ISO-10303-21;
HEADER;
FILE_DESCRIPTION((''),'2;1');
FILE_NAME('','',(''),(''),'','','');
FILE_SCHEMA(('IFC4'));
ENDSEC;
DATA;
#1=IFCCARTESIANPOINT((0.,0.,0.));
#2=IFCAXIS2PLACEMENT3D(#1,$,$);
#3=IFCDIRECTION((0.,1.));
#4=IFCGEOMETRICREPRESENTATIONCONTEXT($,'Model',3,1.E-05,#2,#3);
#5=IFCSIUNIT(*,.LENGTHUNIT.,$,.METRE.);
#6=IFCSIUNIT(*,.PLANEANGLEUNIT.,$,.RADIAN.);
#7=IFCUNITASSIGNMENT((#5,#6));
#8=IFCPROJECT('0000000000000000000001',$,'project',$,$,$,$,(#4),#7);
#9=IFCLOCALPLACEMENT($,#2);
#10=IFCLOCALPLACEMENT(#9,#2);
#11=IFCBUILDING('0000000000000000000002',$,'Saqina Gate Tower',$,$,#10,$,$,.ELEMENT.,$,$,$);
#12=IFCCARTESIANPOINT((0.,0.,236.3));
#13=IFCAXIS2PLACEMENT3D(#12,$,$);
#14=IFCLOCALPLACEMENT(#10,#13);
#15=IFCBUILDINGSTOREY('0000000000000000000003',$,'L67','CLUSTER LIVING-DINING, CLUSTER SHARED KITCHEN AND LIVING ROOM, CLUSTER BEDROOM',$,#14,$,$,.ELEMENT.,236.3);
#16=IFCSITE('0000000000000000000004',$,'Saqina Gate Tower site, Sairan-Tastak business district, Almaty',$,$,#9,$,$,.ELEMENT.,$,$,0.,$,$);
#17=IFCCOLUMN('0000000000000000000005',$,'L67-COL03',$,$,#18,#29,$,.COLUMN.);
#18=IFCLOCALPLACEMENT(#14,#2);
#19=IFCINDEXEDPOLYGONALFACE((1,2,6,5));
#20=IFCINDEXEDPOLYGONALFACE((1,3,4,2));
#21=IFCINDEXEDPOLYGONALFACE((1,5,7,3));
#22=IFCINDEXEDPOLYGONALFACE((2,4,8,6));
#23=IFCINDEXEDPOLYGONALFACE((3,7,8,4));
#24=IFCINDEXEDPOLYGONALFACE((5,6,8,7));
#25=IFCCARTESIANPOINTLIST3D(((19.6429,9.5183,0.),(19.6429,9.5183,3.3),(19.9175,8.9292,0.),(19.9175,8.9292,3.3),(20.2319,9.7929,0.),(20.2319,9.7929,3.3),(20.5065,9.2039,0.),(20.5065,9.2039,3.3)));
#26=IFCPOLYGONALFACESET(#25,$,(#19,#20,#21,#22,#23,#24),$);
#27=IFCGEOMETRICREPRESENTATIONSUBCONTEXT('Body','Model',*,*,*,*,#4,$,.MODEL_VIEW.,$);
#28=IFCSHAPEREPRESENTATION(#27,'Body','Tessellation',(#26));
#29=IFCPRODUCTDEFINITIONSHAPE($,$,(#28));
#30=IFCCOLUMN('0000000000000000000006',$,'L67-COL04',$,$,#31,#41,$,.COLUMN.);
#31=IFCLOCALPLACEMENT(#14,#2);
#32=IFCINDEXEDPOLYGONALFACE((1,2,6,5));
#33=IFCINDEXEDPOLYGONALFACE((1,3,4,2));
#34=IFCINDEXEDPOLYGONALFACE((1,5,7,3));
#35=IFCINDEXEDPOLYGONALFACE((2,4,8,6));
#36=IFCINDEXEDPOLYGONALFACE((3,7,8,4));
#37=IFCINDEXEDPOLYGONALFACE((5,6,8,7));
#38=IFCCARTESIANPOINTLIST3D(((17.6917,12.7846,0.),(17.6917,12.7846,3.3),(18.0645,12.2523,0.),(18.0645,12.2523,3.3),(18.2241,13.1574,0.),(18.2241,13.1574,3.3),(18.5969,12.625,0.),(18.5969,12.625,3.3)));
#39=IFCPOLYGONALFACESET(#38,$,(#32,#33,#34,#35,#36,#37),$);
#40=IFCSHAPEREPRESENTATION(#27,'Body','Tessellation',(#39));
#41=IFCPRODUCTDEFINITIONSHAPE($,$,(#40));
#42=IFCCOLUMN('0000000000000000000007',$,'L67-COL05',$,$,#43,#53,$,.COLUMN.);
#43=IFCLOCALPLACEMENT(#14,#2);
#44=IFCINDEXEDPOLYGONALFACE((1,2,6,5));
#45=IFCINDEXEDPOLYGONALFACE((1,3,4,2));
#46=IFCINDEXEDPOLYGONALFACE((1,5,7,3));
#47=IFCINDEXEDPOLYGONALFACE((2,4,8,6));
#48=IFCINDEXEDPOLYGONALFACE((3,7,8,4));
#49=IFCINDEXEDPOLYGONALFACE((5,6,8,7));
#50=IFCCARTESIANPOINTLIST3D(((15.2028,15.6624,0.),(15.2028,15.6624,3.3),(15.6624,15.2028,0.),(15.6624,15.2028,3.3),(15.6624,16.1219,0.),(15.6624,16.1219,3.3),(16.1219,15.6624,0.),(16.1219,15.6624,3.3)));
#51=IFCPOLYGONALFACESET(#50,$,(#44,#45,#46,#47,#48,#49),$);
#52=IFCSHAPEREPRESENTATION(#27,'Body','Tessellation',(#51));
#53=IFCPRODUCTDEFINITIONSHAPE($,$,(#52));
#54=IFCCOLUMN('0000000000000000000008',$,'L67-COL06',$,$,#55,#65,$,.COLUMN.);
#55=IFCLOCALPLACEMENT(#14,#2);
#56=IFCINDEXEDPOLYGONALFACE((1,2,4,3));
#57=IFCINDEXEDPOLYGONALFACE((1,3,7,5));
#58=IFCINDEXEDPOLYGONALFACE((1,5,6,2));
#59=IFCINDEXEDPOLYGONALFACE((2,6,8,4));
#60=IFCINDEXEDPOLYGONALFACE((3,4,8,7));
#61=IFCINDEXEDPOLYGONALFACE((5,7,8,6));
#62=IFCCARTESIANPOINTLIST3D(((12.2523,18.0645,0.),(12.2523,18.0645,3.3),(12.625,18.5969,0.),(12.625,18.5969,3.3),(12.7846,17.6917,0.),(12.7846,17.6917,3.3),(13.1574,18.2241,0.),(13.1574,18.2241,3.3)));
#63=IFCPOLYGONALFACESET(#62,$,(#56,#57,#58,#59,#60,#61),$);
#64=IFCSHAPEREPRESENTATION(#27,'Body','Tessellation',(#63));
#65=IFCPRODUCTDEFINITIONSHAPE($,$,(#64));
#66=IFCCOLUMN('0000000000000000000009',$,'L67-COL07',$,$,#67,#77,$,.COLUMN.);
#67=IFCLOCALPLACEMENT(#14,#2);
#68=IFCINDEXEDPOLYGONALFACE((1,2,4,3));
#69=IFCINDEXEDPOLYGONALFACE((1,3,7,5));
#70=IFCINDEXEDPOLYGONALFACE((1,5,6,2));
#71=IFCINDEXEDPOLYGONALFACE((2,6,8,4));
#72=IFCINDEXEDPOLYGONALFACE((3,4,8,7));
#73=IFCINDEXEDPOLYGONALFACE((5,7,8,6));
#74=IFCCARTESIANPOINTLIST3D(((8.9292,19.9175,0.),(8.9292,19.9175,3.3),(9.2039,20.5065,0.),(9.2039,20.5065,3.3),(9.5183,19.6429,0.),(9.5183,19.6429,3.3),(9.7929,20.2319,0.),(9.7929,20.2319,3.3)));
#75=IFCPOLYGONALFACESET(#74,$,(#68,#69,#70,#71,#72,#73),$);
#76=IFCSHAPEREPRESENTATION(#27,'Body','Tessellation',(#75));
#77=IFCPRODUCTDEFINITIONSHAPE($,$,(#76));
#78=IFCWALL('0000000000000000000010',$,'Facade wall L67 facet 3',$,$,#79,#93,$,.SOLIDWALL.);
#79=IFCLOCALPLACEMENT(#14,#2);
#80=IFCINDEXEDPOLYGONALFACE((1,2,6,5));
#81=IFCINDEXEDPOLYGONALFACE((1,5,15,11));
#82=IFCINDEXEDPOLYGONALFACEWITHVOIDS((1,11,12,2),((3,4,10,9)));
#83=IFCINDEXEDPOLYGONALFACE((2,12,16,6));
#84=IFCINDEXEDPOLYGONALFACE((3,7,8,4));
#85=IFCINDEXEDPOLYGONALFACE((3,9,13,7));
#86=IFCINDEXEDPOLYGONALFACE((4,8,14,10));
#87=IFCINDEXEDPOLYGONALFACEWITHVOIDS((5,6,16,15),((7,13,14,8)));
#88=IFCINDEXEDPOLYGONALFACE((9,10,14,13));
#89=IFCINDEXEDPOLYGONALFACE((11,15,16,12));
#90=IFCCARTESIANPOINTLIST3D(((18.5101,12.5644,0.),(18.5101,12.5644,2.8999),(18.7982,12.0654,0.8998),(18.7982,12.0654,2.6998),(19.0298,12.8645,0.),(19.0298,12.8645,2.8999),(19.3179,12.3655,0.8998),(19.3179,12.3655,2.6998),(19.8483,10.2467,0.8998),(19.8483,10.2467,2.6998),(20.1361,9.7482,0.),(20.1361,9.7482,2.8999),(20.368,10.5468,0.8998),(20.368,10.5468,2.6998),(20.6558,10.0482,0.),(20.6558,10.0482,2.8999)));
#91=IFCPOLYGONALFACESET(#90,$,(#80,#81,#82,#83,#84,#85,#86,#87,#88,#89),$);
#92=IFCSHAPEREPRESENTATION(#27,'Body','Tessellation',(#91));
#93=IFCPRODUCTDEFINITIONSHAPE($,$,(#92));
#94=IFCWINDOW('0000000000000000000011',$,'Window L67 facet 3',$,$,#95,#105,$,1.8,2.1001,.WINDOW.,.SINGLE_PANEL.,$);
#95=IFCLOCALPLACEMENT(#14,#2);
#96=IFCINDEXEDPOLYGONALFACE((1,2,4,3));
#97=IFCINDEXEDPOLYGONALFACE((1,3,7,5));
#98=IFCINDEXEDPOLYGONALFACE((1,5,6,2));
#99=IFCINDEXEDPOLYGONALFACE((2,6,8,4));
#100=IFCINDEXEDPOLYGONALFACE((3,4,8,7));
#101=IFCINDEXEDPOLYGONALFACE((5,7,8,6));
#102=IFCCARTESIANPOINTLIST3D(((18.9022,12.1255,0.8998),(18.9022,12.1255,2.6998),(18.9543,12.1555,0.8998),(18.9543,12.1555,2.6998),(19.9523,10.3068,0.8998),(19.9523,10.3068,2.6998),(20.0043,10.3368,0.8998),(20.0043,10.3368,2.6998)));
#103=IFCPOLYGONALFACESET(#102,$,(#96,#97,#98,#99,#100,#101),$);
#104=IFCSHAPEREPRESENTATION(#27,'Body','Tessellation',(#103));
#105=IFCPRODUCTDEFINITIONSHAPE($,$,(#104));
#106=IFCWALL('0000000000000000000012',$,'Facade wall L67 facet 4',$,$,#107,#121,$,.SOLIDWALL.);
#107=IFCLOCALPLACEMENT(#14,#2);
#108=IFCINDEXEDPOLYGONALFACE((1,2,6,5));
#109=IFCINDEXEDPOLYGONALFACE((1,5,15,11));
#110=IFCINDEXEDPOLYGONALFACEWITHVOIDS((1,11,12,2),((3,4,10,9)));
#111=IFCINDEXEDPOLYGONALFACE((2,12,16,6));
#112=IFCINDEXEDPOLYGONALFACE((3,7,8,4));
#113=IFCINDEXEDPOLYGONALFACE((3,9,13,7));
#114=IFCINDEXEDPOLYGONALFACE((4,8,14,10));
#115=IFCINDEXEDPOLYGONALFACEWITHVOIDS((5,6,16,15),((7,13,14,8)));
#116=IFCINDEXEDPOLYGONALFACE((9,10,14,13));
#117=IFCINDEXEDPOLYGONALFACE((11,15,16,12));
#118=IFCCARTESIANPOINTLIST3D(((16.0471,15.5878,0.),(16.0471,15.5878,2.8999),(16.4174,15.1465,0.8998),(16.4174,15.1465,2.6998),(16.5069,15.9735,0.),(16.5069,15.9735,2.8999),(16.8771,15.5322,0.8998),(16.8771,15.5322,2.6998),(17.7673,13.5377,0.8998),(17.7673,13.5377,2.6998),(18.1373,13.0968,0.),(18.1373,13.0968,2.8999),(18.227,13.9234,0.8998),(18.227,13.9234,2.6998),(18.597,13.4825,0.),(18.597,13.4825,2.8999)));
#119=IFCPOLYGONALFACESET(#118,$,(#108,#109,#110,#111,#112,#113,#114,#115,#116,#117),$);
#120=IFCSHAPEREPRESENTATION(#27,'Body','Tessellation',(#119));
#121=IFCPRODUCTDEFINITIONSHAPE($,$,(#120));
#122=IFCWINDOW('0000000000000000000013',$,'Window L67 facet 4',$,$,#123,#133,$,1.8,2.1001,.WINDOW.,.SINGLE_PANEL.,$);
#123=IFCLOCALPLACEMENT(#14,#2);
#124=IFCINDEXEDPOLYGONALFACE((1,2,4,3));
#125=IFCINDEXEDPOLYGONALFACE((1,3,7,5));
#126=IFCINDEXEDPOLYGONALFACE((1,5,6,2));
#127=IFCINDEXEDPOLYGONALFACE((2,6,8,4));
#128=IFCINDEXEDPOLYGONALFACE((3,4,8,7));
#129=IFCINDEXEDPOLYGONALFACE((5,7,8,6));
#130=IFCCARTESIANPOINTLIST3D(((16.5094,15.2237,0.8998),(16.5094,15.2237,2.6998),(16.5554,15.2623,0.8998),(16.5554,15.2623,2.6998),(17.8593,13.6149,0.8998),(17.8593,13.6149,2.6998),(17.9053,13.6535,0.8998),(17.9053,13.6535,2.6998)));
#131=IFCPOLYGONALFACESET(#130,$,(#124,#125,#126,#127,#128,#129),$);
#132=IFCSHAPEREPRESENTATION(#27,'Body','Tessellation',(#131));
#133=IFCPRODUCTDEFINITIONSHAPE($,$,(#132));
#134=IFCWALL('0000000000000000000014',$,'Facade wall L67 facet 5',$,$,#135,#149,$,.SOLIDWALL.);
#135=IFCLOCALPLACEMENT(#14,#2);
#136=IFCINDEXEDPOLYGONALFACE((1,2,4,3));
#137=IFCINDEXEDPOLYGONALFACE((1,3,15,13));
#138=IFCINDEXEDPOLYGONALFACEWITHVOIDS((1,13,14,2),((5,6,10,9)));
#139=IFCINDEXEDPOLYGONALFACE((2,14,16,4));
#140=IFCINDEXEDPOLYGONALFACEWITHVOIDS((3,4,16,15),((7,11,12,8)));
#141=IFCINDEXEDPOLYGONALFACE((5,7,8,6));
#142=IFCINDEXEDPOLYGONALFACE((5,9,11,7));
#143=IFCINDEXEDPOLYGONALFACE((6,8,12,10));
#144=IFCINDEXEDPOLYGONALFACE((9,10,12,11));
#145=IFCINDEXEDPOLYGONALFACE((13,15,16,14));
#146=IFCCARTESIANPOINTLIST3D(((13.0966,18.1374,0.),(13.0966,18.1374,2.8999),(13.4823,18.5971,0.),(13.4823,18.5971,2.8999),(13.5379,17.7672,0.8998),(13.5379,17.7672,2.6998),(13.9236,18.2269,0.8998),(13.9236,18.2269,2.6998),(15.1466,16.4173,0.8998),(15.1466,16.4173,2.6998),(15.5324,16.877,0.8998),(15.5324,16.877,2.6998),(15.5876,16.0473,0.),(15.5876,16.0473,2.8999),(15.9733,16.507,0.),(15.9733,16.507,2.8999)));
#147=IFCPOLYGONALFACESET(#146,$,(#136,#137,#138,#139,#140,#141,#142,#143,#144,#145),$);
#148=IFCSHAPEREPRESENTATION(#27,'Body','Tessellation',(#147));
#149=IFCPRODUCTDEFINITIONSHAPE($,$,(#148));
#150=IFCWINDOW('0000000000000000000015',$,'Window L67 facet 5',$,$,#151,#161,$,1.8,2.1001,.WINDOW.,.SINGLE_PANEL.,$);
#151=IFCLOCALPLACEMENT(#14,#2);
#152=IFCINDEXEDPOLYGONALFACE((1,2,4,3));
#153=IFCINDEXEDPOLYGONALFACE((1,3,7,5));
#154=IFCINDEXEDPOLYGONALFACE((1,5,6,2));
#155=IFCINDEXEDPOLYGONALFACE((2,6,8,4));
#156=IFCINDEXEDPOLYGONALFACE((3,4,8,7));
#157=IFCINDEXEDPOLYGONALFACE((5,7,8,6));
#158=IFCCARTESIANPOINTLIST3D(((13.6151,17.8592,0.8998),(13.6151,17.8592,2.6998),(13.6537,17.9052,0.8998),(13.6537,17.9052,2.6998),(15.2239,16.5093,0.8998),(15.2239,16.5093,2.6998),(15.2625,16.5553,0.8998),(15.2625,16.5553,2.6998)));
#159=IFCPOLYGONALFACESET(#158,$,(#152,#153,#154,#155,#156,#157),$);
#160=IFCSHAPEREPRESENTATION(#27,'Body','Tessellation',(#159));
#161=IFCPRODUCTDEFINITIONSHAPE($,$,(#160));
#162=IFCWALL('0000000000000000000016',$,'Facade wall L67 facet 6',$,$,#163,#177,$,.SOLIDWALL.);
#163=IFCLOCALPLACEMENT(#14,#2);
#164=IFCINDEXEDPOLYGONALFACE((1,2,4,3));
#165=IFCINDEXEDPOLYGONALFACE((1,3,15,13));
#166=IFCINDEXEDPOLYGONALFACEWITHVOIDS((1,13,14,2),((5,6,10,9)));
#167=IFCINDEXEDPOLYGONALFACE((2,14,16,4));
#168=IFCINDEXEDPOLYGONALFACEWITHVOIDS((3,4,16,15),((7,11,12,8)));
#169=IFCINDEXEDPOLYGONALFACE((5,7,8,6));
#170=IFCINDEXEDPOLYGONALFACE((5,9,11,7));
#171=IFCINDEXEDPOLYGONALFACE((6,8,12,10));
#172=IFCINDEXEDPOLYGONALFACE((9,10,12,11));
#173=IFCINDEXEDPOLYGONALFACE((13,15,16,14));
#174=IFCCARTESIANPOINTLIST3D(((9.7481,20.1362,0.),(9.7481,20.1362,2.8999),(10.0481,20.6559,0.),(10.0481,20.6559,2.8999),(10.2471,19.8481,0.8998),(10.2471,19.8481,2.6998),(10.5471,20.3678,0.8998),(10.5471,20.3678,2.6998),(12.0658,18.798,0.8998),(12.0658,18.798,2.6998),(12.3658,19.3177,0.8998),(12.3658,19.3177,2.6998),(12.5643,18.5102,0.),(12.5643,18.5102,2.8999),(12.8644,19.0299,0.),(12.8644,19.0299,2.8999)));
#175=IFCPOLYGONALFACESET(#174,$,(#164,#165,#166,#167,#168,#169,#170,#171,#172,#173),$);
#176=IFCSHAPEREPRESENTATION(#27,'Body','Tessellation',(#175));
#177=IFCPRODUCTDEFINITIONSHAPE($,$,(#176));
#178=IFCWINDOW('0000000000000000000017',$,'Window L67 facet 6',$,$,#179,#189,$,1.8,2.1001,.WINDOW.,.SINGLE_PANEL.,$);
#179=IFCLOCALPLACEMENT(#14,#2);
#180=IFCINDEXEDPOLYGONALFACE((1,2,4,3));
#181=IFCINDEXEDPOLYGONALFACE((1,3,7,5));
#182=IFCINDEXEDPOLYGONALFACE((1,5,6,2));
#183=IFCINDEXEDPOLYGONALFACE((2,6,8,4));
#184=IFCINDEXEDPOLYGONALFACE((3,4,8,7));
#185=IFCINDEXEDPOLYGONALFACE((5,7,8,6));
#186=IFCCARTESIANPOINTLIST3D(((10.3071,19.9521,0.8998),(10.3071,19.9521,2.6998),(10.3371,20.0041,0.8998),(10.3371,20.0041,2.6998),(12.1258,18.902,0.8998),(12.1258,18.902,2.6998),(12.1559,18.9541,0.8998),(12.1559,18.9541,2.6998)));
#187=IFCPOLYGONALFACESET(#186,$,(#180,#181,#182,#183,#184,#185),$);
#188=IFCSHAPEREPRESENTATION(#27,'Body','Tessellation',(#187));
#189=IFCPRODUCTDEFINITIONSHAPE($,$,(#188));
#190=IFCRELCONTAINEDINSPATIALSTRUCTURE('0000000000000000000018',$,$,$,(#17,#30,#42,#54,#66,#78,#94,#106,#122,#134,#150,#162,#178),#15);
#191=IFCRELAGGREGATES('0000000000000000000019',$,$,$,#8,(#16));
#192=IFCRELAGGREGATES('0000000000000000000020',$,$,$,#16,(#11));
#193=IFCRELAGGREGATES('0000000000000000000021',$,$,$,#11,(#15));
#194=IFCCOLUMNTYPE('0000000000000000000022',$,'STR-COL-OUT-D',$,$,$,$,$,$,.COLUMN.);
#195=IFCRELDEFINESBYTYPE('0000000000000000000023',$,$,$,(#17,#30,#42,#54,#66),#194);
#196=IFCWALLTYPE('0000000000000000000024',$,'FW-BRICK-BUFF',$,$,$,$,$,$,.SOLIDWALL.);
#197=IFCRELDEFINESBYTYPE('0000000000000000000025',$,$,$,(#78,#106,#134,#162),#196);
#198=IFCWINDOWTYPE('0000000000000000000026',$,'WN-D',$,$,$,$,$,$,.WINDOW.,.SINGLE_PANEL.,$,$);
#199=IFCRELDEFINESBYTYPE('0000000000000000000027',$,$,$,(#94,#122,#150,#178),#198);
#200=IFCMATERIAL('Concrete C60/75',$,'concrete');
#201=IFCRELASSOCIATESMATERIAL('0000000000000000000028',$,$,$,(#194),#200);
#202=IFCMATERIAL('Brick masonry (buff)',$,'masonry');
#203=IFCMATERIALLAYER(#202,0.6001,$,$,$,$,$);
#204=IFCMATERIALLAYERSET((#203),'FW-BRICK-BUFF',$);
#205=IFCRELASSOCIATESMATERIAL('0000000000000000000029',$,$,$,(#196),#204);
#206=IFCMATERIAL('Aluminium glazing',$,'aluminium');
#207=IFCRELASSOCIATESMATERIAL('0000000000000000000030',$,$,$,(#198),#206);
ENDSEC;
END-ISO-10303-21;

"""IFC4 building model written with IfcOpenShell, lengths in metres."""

from ifc_helpers import new_model, si_unit, direction, frame, frame_2d, origin, origin_2d, place, context, subcontext, project, spatial, rectangle, extrude, material, layer, layer_set, material_profile, profile_set, type_object, element, fill, save


model = new_model("IFC4")

# Units and contexts
model_context = context("Model", 3, precision=1e-05, world=origin(), true_north=direction((0.0, 1.0)))
body_context = subcontext(model_context, "Body", "Model", "MODEL_VIEW")
ifc_project = project(units=[si_unit("LENGTHUNIT", "METRE"), si_unit("PLANEANGLEUNIT", "RADIAN")], contexts=[model_context])

# Site, building, storey
site_placement = place(None, origin())
site = spatial("IfcSite", under=ifc_project, at=site_placement, Name="Saqina Gate Tower site, Sairan-Tastak business district, Almaty", CompositionType="ELEMENT", RefElevation=0.0)
building_placement = place(site_placement, origin())
building = spatial("IfcBuilding", under=site, at=building_placement, Name="Saqina Gate Tower", CompositionType="ELEMENT")
storey_placement = place(building_placement, frame((0.0, 0.0, 236.3)))
storey = spatial("IfcBuildingStorey", under=building, at=storey_placement, Name="L67", Description="CLUSTER LIVING-DINING, CLUSTER SHARED KITCHEN AND LIVING ROOM, CLUSTER BEDROOM", CompositionType="ELEMENT", Elevation=236.3)

# Columns
ifc_material_1 = material(Name="Concrete C60/75", Category="concrete")
ifc_material_profile = material_profile(ifc_material_1, rectangle(XDim=0.6499, YDim=0.6499, at=origin_2d()), Name="RC 650x650")
ifc_profile_set = profile_set([ifc_material_profile], Name="Concrete C60/75")
column_type = type_object("IfcColumnType", Name="STR-COL-OUT-D", PredefinedType="COLUMN", material=ifc_profile_set)
for number, where, z_axis, x_axis, name in (
    (1, (20.0747, 9.3611, 0.0), (0.0, 0.0, 1.0), (0.906308, 0.422618, 0.0), "L67-COL03"),
    (2, (18.1443, 12.7048, 0.0), (0.0, 0.0, 1.0), (0.819152, 0.573576, 0.0), "L67-COL04"),
    (3, (15.6624, 15.6624, 0.0), (0.0, 0.0, 1.0), (0.707107, 0.707107, 0.0), "L67-COL05"),
    (4, (12.7048, 18.1443, 0.0), (0.0, 0.0, 1.0), (0.573576, 0.819152, 0.0), "L67-COL06"),
    (5, (9.3611, 20.0747, 0.0), (0.0, 0.0, 1.0), (0.422618, 0.906308, 0.0), "L67-COL07"),
):
    element("IfcColumn", number, at=place(storey_placement, frame(where, z_axis=z_axis, x_axis=x_axis)), inside=storey, type_object=column_type, Name=name, PredefinedType="COLUMN", context=body_context, shape_type="SweptSolid", body=[
        extrude(rectangle(XDim=0.6499, YDim=0.6499, at=origin_2d()), origin(), (0.0, 0.0, 1.0), 3.3),
    ])

# Walls, openings, windows
ifc_material_2 = material(Name="Brick masonry (buff)", Category="masonry")
ifc_layer_1 = layer(ifc_material_2, 0.6001)
ifc_layer_set_1 = layer_set([ifc_layer_1], Name="FW-BRICK-BUFF")
wall_type_1 = type_object("IfcWallType", Name="FW-BRICK-BUFF", PredefinedType="SOLIDWALL", material=ifc_layer_set_1)
wall_1_placement = place(storey_placement, frame((20.396, 9.8982, 0.0), z_axis=(0.0, 0.0, 1.0), x_axis=(-0.500015, 0.866017, 0.0)))
wall_1 = element("IfcWall", 6, at=wall_1_placement, inside=storey, type_object=wall_type_1, Name="Facade wall L67 facet 3", PredefinedType="SOLIDWALL", context=body_context, shape_type="SweptSolid", body=[
    extrude(rectangle(XDim=3.252, YDim=0.6001, at=frame_2d((1.626, 0.0))), origin(), (0.0, 0.0, 1.0), 2.8999),
])
opening_1_placement = place(wall_1_placement, frame((0.5757, 0.0, 0.8999)))
opening_1 = element("IfcOpeningElement", 7, at=opening_1_placement, cuts=wall_1, PredefinedType="OPENING", context=body_context, shape_type="SweptSolid", body=[
    extrude(rectangle(XDim=2.1001, YDim=1.8, at=frame_2d((1.05, 0.8999))), frame((0.0, 0.312, 0.0), z_axis=(0.0, -1.0, 0.0), x_axis=(1.0, 0.0, 0.0)), (0.0, 0.0, 1.0), 0.624),
])
ifc_material_3 = material(Name="Aluminium glazing", Category="aluminium")
window_type = type_object("IfcWindowType", Name="WN-D", PartitioningType="SINGLE_PANEL", PredefinedType="WINDOW", material=ifc_material_3)
window_1_placement = place(opening_1_placement, origin())
window_1 = element("IfcWindow", 8, at=window_1_placement, inside=storey, type_object=window_type, Name="Window L67 facet 3", OverallHeight=1.8, OverallWidth=2.1001, PartitioningType="SINGLE_PANEL", PredefinedType="WINDOW", context=body_context, shape_type="SweptSolid", body=[
    extrude(rectangle(XDim=2.1001, YDim=1.8, at=frame_2d((1.05, 0.8999))), frame((0.0, 0.1799, 0.0), z_axis=(0.0, -1.0, 0.0), x_axis=(1.0, 0.0, 0.0)), (0.0, 0.0, 1.0), 0.0601),
])
fill(opening_1, window_1)
wall_2_placement = place(storey_placement, frame((18.3672, 13.2896, 0.0), z_axis=(0.0, 0.0, 1.0), x_axis=(-0.642773, 0.766057, 0.0)))
wall_2 = element("IfcWall", 9, at=wall_2_placement, inside=storey, type_object=wall_type_1, Name="Facade wall L67 facet 4", PredefinedType="SOLIDWALL", context=body_context, shape_type="SweptSolid", body=[
    extrude(rectangle(XDim=3.2517, YDim=0.6001, at=frame_2d((1.626, 0.0))), origin(), (0.0, 0.0, 1.0), 2.8999),
])
opening_2_placement = place(wall_2_placement, frame((0.5757, 0.0, 0.8999)))
opening_2 = element("IfcOpeningElement", 10, at=opening_2_placement, cuts=wall_2, PredefinedType="OPENING", context=body_context, shape_type="SweptSolid", body=[
    extrude(rectangle(XDim=2.1001, YDim=1.8, at=frame_2d((1.05, 0.8999))), frame((0.0, 0.312, 0.0), z_axis=(0.0, -1.0, 0.0), x_axis=(1.0, 0.0, 0.0)), (0.0, 0.0, 1.0), 0.624),
])
window_2_placement = place(opening_2_placement, origin())
window_2 = element("IfcWindow", 11, at=window_2_placement, inside=storey, type_object=window_type, Name="Window L67 facet 4", OverallHeight=1.8, OverallWidth=2.1001, PartitioningType="SINGLE_PANEL", PredefinedType="WINDOW", context=body_context, shape_type="SweptSolid", body=[
    extrude(rectangle(XDim=2.1001, YDim=1.8, at=frame_2d((1.05, 0.8999))), frame((0.0, 0.1799, 0.0), z_axis=(0.0, -1.0, 0.0), x_axis=(1.0, 0.0, 0.0)), (0.0, 0.0, 1.0), 0.0601),
])
fill(opening_2, window_2)
wall_3_placement = place(storey_placement, frame((15.7805, 16.2771, 0.0), z_axis=(0.0, 0.0, 1.0), x_axis=(-0.766057, 0.642773, 0.0)))
wall_3 = element("IfcWall", 12, at=wall_3_placement, inside=storey, type_object=wall_type_1, Name="Facade wall L67 facet 5", PredefinedType="SOLIDWALL", context=body_context, shape_type="SweptSolid", body=[
    extrude(rectangle(XDim=3.2517, YDim=0.6001, at=frame_2d((1.626, 0.0))), origin(), (0.0, 0.0, 1.0), 2.8999),
])
opening_3_placement = place(wall_3_placement, frame((0.5757, 0.0, 0.8999)))
opening_3 = element("IfcOpeningElement", 13, at=opening_3_placement, cuts=wall_3, PredefinedType="OPENING", context=body_context, shape_type="SweptSolid", body=[
    extrude(rectangle(XDim=2.1001, YDim=1.8, at=frame_2d((1.05, 0.8999))), frame((0.0, 0.312, 0.0), z_axis=(0.0, -1.0, 0.0), x_axis=(1.0, 0.0, 0.0)), (0.0, 0.0, 1.0), 0.624),
])
window_3_placement = place(opening_3_placement, origin())
window_3 = element("IfcWindow", 14, at=window_3_placement, inside=storey, type_object=window_type, Name="Window L67 facet 5", OverallHeight=1.8, OverallWidth=2.1001, PartitioningType="SINGLE_PANEL", PredefinedType="WINDOW", context=body_context, shape_type="SweptSolid", body=[
    extrude(rectangle(XDim=2.1001, YDim=1.8, at=frame_2d((1.05, 0.8999))), frame((0.0, 0.1799, 0.0), z_axis=(0.0, -1.0, 0.0), x_axis=(1.0, 0.0, 0.0)), (0.0, 0.0, 1.0), 0.0601),
])
fill(opening_3, window_3)
wall_4_placement = place(storey_placement, frame((12.7144, 18.77, 0.0), z_axis=(0.0, 0.0, 1.0), x_axis=(-0.866017, 0.500015, 0.0)))
wall_4 = element("IfcWall", 15, at=wall_4_placement, inside=storey, type_object=wall_type_1, Name="Facade wall L67 facet 6", PredefinedType="SOLIDWALL", context=body_context, shape_type="SweptSolid", body=[
    extrude(rectangle(XDim=3.252, YDim=0.6001, at=frame_2d((1.626, 0.0))), origin(), (0.0, 0.0, 1.0), 2.8999),
])
opening_4_placement = place(wall_4_placement, frame((0.5757, 0.0, 0.8999)))
opening_4 = element("IfcOpeningElement", 16, at=opening_4_placement, cuts=wall_4, PredefinedType="OPENING", context=body_context, shape_type="SweptSolid", body=[
    extrude(rectangle(XDim=2.1001, YDim=1.8, at=frame_2d((1.05, 0.8999))), frame((0.0, 0.312, 0.0), z_axis=(0.0, -1.0, 0.0), x_axis=(1.0, 0.0, 0.0)), (0.0, 0.0, 1.0), 0.624),
])
window_4_placement = place(opening_4_placement, origin())
window_4 = element("IfcWindow", 17, at=window_4_placement, inside=storey, type_object=window_type, Name="Window L67 facet 6", OverallHeight=1.8, OverallWidth=2.1001, PartitioningType="SINGLE_PANEL", PredefinedType="WINDOW", context=body_context, shape_type="SweptSolid", body=[
    extrude(rectangle(XDim=2.1001, YDim=1.8, at=frame_2d((1.05, 0.8999))), frame((0.0, 0.1799, 0.0), z_axis=(0.0, -1.0, 0.0), x_axis=(1.0, 0.0, 0.0)), (0.0, 0.0, 1.0), 0.0601),
])
fill(opening_4, window_4)

save(model, "model.ifc")
